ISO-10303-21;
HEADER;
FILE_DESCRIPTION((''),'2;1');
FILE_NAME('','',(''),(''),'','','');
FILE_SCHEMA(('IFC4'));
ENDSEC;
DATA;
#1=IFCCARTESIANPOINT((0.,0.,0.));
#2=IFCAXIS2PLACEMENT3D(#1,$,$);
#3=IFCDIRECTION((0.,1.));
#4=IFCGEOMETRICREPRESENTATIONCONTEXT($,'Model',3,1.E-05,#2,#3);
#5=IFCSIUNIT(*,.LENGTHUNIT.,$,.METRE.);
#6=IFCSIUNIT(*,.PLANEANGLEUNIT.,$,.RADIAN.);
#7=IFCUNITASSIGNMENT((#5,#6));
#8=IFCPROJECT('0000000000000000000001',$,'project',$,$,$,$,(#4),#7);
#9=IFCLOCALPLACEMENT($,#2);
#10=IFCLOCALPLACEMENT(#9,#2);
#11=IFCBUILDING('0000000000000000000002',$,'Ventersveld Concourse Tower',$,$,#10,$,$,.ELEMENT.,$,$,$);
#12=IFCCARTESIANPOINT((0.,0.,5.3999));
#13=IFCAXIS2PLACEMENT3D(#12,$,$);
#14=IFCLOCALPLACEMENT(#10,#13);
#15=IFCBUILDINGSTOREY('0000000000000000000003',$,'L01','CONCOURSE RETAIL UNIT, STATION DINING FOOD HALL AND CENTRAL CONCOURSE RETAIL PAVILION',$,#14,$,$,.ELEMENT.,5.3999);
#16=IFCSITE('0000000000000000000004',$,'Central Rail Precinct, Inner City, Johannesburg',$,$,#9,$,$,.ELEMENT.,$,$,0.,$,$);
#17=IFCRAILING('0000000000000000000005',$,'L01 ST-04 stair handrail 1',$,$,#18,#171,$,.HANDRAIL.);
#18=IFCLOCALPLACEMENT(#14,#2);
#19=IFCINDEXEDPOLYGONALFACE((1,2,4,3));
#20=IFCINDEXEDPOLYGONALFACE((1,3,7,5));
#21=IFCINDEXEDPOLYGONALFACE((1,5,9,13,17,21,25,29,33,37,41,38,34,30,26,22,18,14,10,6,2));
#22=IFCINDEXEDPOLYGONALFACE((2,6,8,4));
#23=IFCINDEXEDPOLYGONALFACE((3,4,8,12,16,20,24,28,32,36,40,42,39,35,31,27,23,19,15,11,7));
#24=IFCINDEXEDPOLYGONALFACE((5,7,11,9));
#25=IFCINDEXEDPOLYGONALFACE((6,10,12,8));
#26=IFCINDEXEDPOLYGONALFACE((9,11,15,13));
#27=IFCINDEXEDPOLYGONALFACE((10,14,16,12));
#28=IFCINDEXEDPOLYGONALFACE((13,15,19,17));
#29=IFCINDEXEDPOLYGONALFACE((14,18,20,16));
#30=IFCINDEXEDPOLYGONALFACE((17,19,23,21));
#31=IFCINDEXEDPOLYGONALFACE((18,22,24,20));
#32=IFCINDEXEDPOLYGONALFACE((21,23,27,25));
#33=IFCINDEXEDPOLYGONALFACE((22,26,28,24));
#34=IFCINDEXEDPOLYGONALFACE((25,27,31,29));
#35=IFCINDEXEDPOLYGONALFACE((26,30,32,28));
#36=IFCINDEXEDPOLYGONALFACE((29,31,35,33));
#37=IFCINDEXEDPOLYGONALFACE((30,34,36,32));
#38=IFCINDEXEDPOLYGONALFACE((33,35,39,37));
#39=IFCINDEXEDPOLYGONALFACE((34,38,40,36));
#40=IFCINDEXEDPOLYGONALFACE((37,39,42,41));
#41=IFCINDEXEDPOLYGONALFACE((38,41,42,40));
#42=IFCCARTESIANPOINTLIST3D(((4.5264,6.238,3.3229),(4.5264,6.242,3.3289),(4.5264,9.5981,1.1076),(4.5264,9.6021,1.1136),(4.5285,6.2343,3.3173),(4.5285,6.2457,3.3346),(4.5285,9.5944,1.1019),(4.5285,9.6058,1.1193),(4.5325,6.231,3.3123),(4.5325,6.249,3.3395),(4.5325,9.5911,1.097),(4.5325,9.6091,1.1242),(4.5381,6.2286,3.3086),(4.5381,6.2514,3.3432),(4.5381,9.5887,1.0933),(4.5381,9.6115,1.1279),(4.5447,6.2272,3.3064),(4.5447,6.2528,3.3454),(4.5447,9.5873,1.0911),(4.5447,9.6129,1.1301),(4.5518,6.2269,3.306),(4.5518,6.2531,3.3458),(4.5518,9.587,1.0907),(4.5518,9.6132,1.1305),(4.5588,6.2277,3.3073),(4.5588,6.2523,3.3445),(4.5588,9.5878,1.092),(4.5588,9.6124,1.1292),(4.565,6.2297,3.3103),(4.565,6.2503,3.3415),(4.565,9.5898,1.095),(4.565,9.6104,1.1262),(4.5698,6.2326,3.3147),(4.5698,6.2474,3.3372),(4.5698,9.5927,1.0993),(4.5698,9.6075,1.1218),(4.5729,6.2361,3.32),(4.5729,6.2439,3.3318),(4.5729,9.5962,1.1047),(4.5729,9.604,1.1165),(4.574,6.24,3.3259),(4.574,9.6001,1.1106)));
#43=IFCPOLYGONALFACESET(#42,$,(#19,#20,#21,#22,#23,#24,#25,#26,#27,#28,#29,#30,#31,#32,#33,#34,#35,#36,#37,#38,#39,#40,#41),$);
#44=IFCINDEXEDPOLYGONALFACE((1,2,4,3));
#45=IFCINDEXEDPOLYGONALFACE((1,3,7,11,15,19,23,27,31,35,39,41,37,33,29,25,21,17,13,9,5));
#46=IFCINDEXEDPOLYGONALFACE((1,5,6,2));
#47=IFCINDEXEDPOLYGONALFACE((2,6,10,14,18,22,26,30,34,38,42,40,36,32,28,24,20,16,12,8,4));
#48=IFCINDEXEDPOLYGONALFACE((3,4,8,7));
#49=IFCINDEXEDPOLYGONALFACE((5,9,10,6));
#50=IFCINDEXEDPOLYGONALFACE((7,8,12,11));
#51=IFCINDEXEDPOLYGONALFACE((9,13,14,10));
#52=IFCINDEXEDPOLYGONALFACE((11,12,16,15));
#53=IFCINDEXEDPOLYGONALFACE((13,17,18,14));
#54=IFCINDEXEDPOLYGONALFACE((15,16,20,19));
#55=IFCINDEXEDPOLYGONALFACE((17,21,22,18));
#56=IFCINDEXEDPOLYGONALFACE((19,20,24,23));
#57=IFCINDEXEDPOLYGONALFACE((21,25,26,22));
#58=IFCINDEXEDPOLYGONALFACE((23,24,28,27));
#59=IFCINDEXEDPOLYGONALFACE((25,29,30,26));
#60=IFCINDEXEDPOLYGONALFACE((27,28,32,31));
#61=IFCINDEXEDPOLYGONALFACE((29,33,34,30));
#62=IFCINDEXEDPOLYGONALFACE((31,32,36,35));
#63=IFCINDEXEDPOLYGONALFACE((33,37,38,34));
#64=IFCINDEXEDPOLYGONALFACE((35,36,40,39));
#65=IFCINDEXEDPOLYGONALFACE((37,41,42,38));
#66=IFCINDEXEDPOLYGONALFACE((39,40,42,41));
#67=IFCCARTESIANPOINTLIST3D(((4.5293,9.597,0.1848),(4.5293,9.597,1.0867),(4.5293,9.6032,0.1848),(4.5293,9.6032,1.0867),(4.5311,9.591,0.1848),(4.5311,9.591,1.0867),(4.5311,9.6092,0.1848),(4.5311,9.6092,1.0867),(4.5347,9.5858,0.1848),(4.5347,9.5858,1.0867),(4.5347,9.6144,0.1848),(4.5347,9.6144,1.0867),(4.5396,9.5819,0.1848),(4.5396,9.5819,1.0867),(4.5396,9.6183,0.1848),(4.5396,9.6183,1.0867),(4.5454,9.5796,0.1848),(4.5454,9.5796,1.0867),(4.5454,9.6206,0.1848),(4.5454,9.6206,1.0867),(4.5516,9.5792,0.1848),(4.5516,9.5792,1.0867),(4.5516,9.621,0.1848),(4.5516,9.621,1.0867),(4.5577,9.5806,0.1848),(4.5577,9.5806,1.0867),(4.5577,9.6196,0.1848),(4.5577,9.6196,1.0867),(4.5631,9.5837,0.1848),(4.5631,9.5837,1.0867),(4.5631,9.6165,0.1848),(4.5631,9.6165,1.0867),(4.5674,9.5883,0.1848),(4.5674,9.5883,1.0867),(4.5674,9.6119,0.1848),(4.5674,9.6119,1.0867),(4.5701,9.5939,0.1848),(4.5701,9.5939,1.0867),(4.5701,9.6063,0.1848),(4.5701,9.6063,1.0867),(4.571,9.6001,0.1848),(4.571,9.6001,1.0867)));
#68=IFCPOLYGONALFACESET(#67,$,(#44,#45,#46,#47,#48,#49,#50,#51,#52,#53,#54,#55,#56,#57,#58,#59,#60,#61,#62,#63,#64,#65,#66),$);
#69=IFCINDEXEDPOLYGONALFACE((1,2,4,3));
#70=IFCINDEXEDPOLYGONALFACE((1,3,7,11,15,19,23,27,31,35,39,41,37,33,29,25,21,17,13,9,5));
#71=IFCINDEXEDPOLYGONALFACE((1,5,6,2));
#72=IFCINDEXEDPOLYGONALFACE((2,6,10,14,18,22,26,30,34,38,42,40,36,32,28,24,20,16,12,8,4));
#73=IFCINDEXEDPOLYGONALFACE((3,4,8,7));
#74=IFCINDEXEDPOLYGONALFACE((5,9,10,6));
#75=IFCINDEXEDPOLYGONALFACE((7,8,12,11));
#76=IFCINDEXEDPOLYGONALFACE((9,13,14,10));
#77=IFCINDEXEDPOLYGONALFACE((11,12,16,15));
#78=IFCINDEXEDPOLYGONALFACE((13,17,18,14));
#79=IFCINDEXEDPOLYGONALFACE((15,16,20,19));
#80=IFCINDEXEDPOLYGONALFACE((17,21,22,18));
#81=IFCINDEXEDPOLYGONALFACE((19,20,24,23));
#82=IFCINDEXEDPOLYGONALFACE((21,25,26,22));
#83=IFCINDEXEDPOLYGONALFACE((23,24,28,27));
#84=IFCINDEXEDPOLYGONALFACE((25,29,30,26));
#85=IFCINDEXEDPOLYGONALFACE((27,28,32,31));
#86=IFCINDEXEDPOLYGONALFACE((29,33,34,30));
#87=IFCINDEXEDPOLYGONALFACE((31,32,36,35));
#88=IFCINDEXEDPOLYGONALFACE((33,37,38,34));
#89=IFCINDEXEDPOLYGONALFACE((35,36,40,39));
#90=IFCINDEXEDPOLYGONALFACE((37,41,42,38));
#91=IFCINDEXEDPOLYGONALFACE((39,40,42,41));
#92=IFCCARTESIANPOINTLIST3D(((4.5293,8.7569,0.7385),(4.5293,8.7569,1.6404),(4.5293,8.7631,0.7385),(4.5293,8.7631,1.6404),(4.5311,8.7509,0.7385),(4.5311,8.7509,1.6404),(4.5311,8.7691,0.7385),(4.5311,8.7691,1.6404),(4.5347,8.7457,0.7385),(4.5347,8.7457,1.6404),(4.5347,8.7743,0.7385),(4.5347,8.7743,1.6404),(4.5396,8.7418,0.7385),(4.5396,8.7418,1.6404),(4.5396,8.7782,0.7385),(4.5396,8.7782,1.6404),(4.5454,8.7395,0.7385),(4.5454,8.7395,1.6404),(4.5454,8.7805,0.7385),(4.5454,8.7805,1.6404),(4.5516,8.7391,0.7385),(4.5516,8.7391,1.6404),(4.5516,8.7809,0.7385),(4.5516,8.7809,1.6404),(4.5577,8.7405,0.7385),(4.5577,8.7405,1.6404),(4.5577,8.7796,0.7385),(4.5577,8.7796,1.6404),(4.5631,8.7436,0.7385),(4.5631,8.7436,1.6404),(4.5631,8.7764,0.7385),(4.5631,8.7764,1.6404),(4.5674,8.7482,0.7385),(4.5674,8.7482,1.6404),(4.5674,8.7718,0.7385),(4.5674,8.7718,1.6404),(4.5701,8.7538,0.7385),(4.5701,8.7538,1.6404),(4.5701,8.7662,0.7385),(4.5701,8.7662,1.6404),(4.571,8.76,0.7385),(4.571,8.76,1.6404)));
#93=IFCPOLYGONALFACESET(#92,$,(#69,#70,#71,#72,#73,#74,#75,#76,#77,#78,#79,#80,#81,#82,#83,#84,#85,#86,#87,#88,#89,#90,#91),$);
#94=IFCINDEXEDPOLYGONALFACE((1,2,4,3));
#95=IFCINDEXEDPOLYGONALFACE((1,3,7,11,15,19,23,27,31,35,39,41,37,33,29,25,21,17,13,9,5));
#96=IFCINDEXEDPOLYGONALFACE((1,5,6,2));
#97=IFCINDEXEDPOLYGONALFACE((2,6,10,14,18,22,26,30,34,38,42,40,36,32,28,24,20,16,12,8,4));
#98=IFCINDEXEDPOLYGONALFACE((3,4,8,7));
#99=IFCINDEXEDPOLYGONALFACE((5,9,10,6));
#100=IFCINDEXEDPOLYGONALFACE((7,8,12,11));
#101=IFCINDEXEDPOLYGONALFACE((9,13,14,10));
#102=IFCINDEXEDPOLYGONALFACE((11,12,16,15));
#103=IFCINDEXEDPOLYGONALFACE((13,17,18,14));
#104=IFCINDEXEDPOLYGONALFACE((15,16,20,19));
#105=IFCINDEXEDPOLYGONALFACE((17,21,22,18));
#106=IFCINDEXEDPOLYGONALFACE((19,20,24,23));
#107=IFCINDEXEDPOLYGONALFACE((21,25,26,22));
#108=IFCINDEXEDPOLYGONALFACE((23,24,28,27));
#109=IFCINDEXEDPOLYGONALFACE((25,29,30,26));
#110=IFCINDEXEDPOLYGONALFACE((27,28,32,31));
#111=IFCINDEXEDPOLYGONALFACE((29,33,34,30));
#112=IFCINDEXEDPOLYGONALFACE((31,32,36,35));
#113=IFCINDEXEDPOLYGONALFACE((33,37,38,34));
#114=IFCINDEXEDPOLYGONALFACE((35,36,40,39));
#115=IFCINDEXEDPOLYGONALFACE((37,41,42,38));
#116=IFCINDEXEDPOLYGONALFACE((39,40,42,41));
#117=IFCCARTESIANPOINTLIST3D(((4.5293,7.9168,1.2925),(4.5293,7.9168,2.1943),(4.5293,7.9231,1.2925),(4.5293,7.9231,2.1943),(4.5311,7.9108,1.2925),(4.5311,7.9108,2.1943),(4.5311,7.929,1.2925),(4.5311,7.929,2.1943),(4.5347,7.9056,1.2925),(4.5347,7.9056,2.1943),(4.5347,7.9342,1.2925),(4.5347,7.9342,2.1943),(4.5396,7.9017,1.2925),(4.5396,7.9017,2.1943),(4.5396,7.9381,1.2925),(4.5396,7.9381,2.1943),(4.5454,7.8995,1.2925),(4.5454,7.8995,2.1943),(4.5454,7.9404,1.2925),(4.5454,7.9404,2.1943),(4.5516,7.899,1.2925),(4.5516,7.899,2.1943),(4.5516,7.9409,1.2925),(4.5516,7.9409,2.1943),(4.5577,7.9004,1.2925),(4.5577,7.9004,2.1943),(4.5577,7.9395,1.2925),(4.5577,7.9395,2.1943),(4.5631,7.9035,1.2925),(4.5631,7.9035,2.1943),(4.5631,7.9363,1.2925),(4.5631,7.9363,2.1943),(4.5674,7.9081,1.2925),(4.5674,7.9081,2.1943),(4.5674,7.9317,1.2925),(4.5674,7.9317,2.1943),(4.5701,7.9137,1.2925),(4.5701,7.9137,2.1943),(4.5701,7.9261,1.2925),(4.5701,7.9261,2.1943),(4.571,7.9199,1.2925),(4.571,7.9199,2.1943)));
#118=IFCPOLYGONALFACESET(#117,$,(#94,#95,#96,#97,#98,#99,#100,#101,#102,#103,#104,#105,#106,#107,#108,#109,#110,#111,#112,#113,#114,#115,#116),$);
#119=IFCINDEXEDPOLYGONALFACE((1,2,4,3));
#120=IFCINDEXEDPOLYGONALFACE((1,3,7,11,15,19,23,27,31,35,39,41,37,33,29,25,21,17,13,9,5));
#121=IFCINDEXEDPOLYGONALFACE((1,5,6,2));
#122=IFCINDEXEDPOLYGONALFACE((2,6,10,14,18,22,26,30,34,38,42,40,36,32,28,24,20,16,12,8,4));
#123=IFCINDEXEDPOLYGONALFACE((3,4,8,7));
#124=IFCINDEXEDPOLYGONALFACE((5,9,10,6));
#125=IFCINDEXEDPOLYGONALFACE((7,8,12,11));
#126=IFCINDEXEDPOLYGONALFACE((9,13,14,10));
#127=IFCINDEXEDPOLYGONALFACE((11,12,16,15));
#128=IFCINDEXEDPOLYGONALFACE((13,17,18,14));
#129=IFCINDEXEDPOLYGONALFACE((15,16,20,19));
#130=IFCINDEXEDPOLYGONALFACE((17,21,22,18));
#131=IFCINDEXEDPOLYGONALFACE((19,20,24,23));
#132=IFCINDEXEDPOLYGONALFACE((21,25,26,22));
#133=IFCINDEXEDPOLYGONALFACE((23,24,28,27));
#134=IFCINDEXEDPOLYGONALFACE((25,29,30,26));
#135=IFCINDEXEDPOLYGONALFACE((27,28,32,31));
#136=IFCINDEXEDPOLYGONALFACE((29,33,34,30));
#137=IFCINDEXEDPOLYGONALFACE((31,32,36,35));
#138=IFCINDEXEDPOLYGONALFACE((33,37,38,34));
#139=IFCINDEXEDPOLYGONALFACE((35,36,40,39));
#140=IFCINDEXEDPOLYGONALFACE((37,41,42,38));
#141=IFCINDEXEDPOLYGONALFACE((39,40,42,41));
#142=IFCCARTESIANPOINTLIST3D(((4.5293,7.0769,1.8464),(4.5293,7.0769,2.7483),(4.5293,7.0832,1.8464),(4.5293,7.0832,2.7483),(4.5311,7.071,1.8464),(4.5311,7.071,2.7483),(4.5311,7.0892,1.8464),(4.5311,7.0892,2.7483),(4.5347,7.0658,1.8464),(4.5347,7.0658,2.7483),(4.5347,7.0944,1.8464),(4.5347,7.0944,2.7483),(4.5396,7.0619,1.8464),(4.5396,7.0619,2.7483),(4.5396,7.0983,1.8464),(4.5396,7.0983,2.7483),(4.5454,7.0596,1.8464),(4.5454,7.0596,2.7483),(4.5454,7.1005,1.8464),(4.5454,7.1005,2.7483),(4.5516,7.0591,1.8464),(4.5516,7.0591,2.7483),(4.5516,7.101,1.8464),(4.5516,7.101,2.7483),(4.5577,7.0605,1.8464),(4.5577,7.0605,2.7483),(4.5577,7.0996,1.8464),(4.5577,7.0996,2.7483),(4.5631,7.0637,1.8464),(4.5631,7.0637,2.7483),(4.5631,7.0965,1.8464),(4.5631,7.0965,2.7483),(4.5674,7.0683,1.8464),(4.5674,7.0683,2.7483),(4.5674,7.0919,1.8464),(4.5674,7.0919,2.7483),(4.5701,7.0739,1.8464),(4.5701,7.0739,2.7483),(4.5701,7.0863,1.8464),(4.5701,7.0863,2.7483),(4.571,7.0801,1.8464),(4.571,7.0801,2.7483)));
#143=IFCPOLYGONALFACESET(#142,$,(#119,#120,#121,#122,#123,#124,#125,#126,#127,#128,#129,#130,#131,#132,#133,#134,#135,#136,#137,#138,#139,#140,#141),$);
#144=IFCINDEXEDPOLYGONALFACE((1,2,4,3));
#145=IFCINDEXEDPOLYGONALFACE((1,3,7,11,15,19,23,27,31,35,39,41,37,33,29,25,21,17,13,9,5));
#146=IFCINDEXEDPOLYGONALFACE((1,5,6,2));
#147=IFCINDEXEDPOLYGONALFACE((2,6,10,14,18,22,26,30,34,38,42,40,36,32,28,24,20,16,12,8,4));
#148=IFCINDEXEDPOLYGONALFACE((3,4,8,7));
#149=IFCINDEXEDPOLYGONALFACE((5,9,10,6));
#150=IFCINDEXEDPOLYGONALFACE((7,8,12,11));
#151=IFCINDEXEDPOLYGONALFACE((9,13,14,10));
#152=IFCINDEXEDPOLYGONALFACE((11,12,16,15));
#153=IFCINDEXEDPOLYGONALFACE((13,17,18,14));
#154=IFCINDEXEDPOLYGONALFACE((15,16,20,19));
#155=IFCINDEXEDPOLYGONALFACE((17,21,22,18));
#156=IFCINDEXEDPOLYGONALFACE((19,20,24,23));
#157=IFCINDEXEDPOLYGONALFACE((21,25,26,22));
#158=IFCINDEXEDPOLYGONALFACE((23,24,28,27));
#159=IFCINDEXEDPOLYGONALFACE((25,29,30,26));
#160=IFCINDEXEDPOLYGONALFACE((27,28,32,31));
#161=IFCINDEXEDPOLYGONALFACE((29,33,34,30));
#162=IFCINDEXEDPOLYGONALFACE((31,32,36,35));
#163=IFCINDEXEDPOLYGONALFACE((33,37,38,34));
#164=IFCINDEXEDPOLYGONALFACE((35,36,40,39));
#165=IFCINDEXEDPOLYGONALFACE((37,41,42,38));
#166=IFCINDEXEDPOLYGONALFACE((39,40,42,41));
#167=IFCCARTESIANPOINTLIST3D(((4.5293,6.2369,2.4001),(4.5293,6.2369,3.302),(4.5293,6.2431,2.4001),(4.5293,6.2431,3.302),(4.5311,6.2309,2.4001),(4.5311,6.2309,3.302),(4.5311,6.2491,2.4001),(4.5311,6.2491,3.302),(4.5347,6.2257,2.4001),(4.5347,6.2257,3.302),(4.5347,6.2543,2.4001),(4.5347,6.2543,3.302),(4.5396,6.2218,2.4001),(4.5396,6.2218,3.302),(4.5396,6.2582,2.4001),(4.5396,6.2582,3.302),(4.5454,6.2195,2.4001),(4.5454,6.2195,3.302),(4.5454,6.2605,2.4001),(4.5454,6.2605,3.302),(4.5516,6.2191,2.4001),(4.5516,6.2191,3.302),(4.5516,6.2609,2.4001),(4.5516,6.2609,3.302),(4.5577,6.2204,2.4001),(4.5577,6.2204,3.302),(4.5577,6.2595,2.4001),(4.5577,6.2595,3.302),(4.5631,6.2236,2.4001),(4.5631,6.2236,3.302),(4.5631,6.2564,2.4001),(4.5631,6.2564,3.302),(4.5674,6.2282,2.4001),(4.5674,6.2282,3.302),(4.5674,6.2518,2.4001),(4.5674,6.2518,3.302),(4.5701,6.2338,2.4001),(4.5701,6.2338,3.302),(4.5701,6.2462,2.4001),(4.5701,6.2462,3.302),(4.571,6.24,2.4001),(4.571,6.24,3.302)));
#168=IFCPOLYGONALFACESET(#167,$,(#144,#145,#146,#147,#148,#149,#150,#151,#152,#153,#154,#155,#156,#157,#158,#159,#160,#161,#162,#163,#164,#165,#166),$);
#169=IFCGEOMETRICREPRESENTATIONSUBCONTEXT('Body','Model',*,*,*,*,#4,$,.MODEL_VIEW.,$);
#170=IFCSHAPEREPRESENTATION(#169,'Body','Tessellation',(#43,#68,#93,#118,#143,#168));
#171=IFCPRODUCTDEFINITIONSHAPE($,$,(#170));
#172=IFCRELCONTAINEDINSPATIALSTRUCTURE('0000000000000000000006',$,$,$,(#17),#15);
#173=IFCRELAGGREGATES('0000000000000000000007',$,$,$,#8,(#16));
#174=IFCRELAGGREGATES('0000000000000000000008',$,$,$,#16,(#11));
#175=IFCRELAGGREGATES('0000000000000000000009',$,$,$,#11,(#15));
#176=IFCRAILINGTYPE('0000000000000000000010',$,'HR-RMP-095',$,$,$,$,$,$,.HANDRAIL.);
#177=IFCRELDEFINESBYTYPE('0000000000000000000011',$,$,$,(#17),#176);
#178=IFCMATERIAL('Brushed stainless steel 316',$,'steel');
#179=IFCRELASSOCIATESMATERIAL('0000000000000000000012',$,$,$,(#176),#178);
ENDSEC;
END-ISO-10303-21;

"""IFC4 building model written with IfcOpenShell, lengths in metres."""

from ifc_helpers import new_model, si_unit, direction, frame, origin, origin_2d, place, context, subcontext, project, spatial, circle, extrude, material, type_object, element, save


model = new_model("IFC4")

# Units and contexts
model_context = context("Model", 3, precision=1e-05, world=origin(), true_north=direction((0.0, 1.0)))
body_context = subcontext(model_context, "Body", "Model", "MODEL_VIEW")
ifc_project = project(units=[si_unit("LENGTHUNIT", "METRE"), si_unit("PLANEANGLEUNIT", "RADIAN")], contexts=[model_context])

# Site, building, storey
site_placement = place(None, origin())
site = spatial("IfcSite", under=ifc_project, at=site_placement, Name="Central Rail Precinct, Inner City, Johannesburg", CompositionType="ELEMENT", RefElevation=0.0)
building_placement = place(site_placement, origin())
building = spatial("IfcBuilding", under=site, at=building_placement, Name="Ventersveld Concourse Tower", CompositionType="ELEMENT")
storey_placement = place(building_placement, frame((0.0, 0.0, 5.3999)))
storey = spatial("IfcBuildingStorey", under=building, at=storey_placement, Name="L01", Description="CONCOURSE RETAIL UNIT, STATION DINING FOOD HALL AND CENTRAL CONCOURSE RETAIL PAVILION", CompositionType="ELEMENT", Elevation=5.3999)

# Shared definitions
ifc_material_1 = material(Name="Brushed stainless steel 316", Category="steel")

# Railing
railing_type_1 = type_object("IfcRailingType", Name="HR-RMP-095", PredefinedType="HANDRAIL", material=ifc_material_1)
railing_1_placement = place(storey_placement, frame((4.55, 9.6001, 0.1848)))
element("IfcRailing", 1, at=railing_1_placement, inside=storey, type_object=railing_type_1, Name="L01 ST-04 stair handrail 1", PredefinedType="HANDRAIL", context=body_context, shape_type="SweptSolid", body=[
    extrude(circle(Radius=0.0239, at=origin_2d()), frame((0.0, 0.0, 0.9258), z_axis=(0.0, -0.834876, 0.550437), x_axis=(1.0, 0.0, 0.0)), (0.0, 0.0, 1.0), 4.0247),
    extrude(circle(Radius=0.021, at=origin_2d()), origin(), (0.0, 0.0, 1.0), 0.9019),
    extrude(circle(Radius=0.021, at=origin_2d()), frame((0.0, -0.8401, 0.5537)), (0.0, 0.0, 1.0), 0.9019),
    extrude(circle(Radius=0.021, at=origin_2d()), frame((0.0, -1.6802, 1.1077)), (0.0, 0.0, 1.0), 0.9019),
    extrude(circle(Radius=0.021, at=origin_2d()), frame((0.0, -2.52, 1.6616)), (0.0, 0.0, 1.0), 0.9019),
    extrude(circle(Radius=0.021, at=origin_2d()), frame((0.0, -3.3601, 2.2153)), (0.0, 0.0, 1.0), 0.9019),
])

save(model, "model.ifc")
